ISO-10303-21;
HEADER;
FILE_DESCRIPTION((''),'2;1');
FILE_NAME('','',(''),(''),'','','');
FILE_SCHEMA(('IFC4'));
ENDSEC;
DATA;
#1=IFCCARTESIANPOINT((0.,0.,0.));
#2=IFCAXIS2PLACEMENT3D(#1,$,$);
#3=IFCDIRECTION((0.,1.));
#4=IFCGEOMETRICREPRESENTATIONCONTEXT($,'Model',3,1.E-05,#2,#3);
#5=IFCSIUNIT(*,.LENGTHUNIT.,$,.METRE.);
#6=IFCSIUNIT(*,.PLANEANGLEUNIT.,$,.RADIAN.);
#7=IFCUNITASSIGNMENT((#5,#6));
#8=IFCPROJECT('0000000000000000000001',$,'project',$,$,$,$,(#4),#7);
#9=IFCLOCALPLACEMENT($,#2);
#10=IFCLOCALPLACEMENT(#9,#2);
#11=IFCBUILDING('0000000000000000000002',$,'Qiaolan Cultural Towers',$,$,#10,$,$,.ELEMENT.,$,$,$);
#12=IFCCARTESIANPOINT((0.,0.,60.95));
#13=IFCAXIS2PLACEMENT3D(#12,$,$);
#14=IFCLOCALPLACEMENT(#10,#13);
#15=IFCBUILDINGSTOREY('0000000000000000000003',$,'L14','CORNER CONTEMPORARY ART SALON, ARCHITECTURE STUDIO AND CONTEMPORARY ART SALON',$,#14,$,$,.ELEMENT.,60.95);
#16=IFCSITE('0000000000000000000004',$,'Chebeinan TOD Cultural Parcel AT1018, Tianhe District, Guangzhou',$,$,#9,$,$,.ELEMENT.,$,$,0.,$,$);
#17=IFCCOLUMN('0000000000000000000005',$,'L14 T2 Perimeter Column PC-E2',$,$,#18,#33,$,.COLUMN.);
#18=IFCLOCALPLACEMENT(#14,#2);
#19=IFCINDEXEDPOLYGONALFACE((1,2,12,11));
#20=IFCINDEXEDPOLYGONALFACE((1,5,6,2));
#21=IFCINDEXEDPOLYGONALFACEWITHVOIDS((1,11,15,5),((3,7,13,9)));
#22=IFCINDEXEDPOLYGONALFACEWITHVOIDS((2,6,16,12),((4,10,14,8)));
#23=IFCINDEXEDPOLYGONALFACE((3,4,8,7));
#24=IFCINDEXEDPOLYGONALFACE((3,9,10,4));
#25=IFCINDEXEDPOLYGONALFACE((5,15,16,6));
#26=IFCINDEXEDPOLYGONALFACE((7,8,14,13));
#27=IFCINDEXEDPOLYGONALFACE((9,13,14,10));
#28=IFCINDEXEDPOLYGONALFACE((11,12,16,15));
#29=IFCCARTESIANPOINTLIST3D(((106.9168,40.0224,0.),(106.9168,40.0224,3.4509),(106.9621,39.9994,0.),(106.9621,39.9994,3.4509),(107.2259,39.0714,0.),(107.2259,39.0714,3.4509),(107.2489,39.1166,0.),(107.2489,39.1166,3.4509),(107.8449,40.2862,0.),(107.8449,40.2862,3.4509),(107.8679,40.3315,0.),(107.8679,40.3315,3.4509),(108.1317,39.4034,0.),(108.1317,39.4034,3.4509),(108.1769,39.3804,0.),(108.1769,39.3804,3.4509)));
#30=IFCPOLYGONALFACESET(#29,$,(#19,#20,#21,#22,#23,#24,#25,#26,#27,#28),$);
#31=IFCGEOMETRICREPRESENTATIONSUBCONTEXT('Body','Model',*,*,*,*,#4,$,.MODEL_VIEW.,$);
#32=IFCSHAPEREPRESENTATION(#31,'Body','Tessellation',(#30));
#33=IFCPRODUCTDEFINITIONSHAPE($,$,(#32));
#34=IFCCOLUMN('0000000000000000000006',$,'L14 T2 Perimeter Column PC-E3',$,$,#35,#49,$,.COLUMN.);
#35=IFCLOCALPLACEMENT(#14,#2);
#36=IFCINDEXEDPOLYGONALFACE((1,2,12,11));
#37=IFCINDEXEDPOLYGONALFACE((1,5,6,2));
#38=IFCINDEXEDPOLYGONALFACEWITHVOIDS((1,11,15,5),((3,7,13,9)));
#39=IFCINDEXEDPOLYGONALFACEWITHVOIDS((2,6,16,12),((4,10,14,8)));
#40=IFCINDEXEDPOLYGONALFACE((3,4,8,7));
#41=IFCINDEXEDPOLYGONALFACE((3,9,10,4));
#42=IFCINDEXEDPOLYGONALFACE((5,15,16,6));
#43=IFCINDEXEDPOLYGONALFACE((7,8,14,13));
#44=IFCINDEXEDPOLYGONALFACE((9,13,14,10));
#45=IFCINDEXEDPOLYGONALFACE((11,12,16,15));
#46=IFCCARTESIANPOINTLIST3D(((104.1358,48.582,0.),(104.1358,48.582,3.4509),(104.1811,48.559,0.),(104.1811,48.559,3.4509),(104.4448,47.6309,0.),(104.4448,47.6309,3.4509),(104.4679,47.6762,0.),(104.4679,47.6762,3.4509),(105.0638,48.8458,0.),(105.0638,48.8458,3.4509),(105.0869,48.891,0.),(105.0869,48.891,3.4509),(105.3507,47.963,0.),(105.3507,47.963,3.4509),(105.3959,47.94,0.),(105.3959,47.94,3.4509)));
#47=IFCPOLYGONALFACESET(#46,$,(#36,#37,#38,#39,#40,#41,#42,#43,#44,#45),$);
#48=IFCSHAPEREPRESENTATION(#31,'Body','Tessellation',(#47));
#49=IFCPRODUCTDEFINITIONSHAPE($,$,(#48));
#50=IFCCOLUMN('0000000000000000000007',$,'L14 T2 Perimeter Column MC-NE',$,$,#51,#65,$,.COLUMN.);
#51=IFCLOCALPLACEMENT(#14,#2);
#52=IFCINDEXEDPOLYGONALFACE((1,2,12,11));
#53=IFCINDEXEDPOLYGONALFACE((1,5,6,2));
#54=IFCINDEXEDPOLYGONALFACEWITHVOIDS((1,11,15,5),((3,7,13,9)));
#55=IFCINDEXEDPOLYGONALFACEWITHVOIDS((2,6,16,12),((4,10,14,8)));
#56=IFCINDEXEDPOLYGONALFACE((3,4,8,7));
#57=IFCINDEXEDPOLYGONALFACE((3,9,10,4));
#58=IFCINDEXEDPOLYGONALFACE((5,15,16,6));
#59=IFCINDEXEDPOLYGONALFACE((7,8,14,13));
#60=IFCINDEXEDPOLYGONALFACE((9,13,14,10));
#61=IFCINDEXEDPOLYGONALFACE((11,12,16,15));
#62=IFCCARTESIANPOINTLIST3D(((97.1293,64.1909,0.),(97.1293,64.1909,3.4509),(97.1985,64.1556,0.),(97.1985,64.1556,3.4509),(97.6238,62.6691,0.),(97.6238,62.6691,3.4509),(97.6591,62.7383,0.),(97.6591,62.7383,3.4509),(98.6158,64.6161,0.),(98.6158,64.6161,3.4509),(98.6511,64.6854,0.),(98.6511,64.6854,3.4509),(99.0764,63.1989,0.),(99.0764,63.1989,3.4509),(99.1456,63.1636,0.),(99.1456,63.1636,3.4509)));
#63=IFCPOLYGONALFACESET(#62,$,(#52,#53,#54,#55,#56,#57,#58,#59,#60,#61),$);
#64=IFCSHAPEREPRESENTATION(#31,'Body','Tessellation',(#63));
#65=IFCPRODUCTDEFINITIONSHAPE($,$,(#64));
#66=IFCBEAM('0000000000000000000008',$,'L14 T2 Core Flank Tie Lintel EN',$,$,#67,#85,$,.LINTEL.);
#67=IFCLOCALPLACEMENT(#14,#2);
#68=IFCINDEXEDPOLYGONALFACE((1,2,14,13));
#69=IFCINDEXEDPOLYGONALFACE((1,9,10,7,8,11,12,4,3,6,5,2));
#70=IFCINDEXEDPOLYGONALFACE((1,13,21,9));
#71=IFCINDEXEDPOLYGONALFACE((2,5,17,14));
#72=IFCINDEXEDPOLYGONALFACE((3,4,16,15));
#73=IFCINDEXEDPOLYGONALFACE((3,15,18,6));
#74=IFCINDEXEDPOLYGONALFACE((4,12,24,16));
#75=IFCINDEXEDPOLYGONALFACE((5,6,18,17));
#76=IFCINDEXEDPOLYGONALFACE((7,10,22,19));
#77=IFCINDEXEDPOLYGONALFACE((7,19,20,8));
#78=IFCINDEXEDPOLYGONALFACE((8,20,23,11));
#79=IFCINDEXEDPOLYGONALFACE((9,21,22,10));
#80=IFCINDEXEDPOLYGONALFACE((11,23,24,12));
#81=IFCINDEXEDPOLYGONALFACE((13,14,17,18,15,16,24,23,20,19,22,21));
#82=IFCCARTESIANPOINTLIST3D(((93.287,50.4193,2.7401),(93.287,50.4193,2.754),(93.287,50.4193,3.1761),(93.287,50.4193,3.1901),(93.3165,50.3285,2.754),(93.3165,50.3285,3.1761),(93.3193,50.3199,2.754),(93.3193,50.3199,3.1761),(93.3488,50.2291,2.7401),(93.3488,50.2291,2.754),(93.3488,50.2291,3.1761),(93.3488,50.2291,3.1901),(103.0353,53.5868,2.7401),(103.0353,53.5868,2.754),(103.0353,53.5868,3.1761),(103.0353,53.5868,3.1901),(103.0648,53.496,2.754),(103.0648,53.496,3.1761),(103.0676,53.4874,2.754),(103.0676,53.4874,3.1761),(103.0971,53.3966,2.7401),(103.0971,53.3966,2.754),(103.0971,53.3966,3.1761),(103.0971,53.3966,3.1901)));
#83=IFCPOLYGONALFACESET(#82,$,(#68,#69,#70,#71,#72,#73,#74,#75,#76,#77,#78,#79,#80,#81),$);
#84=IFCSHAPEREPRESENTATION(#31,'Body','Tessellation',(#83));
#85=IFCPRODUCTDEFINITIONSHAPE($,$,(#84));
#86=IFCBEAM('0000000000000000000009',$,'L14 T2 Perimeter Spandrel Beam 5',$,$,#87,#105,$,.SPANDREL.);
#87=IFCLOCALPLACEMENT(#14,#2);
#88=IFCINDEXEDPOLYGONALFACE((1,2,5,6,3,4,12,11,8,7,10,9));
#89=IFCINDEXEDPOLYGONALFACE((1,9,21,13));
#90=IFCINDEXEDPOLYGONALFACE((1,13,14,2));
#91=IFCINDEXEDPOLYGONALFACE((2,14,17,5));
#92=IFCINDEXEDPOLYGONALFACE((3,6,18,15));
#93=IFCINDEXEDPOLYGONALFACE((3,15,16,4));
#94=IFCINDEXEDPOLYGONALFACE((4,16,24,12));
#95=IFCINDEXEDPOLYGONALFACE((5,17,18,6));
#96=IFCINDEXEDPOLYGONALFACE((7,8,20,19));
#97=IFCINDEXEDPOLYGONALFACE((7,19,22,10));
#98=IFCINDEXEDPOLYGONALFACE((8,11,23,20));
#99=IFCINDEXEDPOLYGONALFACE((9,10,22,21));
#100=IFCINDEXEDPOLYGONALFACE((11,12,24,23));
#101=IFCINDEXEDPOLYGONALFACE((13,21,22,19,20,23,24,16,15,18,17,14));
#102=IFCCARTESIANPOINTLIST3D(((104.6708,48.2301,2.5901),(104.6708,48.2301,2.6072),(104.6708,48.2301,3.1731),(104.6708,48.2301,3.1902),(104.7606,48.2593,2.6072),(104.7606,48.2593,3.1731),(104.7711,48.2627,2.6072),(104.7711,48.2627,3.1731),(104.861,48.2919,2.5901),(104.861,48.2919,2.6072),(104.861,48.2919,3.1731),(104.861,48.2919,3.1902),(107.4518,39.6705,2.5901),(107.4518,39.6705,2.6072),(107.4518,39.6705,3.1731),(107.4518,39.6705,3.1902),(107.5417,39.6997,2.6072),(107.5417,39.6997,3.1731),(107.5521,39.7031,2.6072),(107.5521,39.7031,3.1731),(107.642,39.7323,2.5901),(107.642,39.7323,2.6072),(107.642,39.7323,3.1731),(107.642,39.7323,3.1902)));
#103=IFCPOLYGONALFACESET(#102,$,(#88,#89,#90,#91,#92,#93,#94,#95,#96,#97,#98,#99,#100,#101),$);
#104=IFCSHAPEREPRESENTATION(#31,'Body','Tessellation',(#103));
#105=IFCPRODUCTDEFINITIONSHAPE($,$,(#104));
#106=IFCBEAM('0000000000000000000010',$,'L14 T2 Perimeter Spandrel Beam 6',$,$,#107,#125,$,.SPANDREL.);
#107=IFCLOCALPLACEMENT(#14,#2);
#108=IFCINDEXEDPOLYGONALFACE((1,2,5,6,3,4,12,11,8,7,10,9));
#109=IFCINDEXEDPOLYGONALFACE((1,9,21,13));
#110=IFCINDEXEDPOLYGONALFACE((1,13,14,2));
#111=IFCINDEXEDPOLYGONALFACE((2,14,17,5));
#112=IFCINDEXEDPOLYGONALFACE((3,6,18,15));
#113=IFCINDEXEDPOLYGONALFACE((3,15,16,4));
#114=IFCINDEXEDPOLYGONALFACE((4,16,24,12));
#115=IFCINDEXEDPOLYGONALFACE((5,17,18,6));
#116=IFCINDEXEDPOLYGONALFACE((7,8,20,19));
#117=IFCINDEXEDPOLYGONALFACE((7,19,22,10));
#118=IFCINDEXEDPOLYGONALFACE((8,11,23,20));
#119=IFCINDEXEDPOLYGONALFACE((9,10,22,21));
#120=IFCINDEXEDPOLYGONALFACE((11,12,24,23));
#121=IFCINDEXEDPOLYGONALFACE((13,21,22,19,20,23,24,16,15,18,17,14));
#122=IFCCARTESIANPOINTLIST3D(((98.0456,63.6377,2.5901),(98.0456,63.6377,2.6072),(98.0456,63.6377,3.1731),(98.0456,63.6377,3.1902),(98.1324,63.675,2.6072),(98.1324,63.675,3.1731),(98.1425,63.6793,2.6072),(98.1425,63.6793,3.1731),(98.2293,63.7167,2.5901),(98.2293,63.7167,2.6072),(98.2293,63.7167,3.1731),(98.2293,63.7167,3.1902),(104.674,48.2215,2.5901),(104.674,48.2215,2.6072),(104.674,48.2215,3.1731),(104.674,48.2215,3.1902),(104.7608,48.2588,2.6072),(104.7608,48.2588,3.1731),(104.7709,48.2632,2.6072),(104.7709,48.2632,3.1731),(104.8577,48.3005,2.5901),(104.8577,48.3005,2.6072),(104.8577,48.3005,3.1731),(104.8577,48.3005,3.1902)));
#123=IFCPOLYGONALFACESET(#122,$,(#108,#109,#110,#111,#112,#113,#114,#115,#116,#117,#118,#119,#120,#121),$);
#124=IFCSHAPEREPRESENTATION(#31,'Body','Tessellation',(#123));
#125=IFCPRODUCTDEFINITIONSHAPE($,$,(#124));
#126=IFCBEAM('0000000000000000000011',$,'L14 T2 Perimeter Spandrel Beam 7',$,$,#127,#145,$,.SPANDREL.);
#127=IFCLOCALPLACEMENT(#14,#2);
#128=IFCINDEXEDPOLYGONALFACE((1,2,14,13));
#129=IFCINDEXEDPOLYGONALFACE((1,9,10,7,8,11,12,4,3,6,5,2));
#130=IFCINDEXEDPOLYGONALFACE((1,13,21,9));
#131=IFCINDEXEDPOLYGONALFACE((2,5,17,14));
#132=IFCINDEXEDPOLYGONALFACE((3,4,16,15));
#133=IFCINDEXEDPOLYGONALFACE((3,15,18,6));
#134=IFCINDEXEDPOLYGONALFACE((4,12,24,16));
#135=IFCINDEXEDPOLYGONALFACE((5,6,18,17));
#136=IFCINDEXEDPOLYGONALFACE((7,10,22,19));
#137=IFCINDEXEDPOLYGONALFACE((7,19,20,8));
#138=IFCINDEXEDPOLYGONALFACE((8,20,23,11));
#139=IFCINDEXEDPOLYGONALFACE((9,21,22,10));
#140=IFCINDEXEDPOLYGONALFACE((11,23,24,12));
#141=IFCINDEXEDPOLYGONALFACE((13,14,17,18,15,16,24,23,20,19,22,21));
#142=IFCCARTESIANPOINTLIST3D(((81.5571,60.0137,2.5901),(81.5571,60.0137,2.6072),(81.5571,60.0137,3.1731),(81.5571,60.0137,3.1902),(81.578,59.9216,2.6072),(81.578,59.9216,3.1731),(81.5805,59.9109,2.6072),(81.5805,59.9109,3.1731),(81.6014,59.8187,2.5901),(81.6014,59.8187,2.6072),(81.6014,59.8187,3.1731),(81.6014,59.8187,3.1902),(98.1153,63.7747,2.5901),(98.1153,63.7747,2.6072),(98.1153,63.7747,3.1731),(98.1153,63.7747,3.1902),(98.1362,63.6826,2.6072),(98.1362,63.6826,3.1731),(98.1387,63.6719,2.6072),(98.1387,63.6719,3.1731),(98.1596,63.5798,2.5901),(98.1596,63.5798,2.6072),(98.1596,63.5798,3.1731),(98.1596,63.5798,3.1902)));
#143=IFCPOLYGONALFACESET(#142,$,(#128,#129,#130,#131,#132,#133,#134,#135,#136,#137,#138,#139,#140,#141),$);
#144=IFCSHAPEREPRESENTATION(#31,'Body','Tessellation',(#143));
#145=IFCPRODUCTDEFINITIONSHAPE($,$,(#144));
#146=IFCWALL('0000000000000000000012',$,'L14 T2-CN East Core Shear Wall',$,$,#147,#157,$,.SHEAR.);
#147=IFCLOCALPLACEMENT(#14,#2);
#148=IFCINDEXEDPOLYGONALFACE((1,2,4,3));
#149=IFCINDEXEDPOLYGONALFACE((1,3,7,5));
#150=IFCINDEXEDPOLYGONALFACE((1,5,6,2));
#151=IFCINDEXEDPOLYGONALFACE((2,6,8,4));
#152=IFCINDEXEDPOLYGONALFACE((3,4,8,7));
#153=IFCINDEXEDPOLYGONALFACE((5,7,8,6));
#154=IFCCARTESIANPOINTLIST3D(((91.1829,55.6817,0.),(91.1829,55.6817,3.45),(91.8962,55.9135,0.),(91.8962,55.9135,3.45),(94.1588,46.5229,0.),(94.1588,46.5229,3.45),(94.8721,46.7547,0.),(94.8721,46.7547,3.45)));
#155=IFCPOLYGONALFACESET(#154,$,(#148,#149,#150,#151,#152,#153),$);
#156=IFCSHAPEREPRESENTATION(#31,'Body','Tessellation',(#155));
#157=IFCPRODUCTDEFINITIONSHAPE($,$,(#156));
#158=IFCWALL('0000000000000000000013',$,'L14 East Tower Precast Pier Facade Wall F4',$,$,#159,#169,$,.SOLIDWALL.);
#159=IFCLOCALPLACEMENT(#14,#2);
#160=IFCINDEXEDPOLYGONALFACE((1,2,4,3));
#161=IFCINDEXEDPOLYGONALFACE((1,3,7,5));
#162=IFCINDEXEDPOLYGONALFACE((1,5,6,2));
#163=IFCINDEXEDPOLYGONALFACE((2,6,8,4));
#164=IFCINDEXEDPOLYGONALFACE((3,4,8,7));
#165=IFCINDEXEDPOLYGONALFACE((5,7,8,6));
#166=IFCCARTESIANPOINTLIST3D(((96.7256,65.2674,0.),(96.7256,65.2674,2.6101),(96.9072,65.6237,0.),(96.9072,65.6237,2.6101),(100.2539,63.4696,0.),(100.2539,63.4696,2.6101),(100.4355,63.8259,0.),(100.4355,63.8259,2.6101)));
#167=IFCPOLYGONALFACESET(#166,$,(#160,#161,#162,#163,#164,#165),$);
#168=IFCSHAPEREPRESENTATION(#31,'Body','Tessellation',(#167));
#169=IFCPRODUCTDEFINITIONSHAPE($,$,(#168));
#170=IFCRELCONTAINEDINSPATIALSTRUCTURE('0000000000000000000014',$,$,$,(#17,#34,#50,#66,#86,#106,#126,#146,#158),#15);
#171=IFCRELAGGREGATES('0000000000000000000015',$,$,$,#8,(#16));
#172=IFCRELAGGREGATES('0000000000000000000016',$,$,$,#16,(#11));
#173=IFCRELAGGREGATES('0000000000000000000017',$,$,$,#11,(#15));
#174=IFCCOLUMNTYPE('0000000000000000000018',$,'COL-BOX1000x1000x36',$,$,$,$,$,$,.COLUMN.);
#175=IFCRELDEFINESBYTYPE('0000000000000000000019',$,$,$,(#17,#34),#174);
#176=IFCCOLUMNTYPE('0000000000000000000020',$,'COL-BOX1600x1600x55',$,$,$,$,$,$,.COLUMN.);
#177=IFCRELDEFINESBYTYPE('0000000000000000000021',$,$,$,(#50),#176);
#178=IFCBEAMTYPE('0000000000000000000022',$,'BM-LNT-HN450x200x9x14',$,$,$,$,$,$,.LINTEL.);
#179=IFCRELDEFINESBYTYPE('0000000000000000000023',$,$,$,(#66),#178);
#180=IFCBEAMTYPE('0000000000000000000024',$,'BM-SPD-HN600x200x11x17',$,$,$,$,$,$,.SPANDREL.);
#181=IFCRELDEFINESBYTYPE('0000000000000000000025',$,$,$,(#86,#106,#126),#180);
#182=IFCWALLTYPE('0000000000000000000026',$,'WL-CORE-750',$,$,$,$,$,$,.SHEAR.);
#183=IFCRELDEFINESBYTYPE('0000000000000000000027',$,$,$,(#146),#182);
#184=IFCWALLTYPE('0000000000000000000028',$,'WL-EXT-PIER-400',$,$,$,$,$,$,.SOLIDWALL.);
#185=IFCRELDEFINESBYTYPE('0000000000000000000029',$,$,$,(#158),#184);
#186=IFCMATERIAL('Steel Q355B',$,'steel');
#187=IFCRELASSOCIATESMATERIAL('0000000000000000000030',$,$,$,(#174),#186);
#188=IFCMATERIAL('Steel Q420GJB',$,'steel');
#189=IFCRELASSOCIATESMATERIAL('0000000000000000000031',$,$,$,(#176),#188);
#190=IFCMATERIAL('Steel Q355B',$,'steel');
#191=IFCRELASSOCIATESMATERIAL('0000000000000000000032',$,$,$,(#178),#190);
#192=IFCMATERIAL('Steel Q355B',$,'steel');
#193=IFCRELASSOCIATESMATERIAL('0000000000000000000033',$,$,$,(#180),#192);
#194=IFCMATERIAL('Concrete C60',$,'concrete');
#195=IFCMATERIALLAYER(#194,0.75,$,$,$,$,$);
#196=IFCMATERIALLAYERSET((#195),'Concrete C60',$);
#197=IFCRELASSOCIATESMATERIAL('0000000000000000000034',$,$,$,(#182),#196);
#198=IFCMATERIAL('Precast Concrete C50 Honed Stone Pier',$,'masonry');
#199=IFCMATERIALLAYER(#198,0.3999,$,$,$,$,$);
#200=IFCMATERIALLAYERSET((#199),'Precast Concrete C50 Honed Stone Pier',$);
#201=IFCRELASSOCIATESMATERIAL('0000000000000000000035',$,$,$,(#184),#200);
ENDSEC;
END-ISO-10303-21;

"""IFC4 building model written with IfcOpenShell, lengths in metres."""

from ifc_helpers import new_model, si_unit, direction, frame, frame_2d, origin, origin_2d, place, context, subcontext, project, spatial, rectangle, hollow_rectangle, i_section, extrude, material, layer, layer_set, material_profile, profile_set, type_object, element, save


model = new_model("IFC4")

# Units and contexts
model_context = context("Model", 3, precision=1e-05, world=origin(), true_north=direction((0.0, 1.0)))
body_context = subcontext(model_context, "Body", "Model", "MODEL_VIEW")
ifc_project = project(units=[si_unit("LENGTHUNIT", "METRE"), si_unit("PLANEANGLEUNIT", "RADIAN")], contexts=[model_context])

# Site, building, storey
site_placement = place(None, origin())
site = spatial("IfcSite", under=ifc_project, at=site_placement, Name="Chebeinan TOD Cultural Parcel AT1018, Tianhe District, Guangzhou", CompositionType="ELEMENT", RefElevation=0.0)
building_placement = place(site_placement, origin())
building = spatial("IfcBuilding", under=site, at=building_placement, Name="Qiaolan Cultural Towers", CompositionType="ELEMENT")
storey_placement = place(building_placement, frame((0.0, 0.0, 60.95)))
storey = spatial("IfcBuildingStorey", under=building, at=storey_placement, Name="L14", Description="CORNER CONTEMPORARY ART SALON, ARCHITECTURE STUDIO AND CONTEMPORARY ART SALON", CompositionType="ELEMENT", Elevation=60.95)

# Columns
ifc_material_1 = material(Name="Steel Q355B", Category="steel")
ifc_material_profile_1 = material_profile(ifc_material_1, hollow_rectangle(XDim=1.0, YDim=1.0, WallThickness=0.0359, at=origin_2d()), Name="BOX1000x1000x36")
ifc_profile_set_1 = profile_set([ifc_material_profile_1], Name="Steel Q355B")
column_type_1 = type_object("IfcColumnType", Name="COL-BOX1000x1000x36", PredefinedType="COLUMN", material=ifc_profile_set_1)
for number, where, z_axis, x_axis, name in (
    (1, (107.5469, 39.7014, 0.0), (0.0, 0.0, 1.0), (0.951057, 0.309017, 0.0), "L14 T2 Perimeter Column PC-E2"),
    (2, (104.7659, 48.261, 0.0), (0.0, 0.0, 1.0), (0.951057, 0.309017, 0.0), "L14 T2 Perimeter Column PC-E3"),
):
    element("IfcColumn", number, at=place(storey_placement, frame(where, z_axis=z_axis, x_axis=x_axis)), inside=storey, type_object=column_type_1, Name=name, PredefinedType="COLUMN", context=body_context, shape_type="SweptSolid", body=[
        extrude(hollow_rectangle(XDim=1.0, YDim=1.0, WallThickness=0.0359, at=origin_2d()), origin(), (0.0, 0.0, 1.0), 3.4509),
    ])
ifc_material_2 = material(Name="Steel Q420GJB", Category="steel")
ifc_material_profile_2 = material_profile(ifc_material_2, hollow_rectangle(XDim=1.6001, YDim=1.6001, WallThickness=0.0549, at=origin_2d()), Name="BOX1600x1600x55")
ifc_profile_set_2 = profile_set([ifc_material_profile_2], Name="Steel Q420GJB")
column_type_2 = type_object("IfcColumnType", Name="COL-BOX1600x1600x55", PredefinedType="COLUMN", material=ifc_profile_set_2)
column_placement = place(storey_placement, frame((98.1375, 63.6772, 0.0), z_axis=(0.0, 0.0, 1.0), x_axis=(0.951057, 0.309017, 0.0)))
element("IfcColumn", 3, at=column_placement, inside=storey, type_object=column_type_2, Name="L14 T2 Perimeter Column MC-NE", PredefinedType="COLUMN", context=body_context, shape_type="SweptSolid", body=[
    extrude(hollow_rectangle(XDim=1.6001, YDim=1.6001, WallThickness=0.0549, at=origin_2d()), origin(), (0.0, 0.0, 1.0), 3.4509),
])

# Beams
ifc_material_3 = material(Name="Steel Q355B", Category="steel")
ifc_material_profile_3 = material_profile(ifc_material_3, i_section(OverallWidth=0.2, OverallDepth=0.45, WebThickness=0.009, FlangeThickness=0.0139, at=origin_2d()), Name="HN450x200x9x14")
ifc_profile_set_3 = profile_set([ifc_material_profile_3], Name="Steel Q355B")
beam_type_1 = type_object("IfcBeamType", Name="BM-LNT-HN450x200x9x14", PredefinedType="LINTEL", material=ifc_profile_set_3)
beam_1_placement = place(storey_placement, frame((93.3179, 50.3242, 2.9651), z_axis=(0.951055, 0.309023, 0.0), x_axis=(-0.309023, 0.951055, 0.0)))
element("IfcBeam", 4, at=beam_1_placement, inside=storey, type_object=beam_type_1, Name="L14 T2 Core Flank Tie Lintel EN", PredefinedType="LINTEL", context=body_context, shape_type="SweptSolid", body=[
    extrude(i_section(OverallWidth=0.2, OverallDepth=0.45, WebThickness=0.009, FlangeThickness=0.0139, at=origin_2d()), origin(), (0.0, 0.0, 1.0), 10.25),
])
ifc_material_4 = material(Name="Steel Q355B", Category="steel")
ifc_material_profile_4 = material_profile(ifc_material_4, i_section(OverallWidth=0.2, OverallDepth=0.6001, WebThickness=0.011, FlangeThickness=0.0171, at=origin_2d()), Name="HN600x200x11x17")
ifc_profile_set_4 = profile_set([ifc_material_profile_4], Name="Steel Q355B")
beam_type_2 = type_object("IfcBeamType", Name="BM-SPD-HN600x200x11x17", PredefinedType="SPANDREL", material=ifc_profile_set_4)
beam_2_placement = place(storey_placement, frame((107.5469, 39.7014, 2.8901), z_axis=(-0.309, 0.951062, 0.0), x_axis=(-0.951062, -0.309, 0.0)))
element("IfcBeam", 5, at=beam_2_placement, inside=storey, type_object=beam_type_2, Name="L14 T2 Perimeter Spandrel Beam 5", PredefinedType="SPANDREL", context=body_context, shape_type="SweptSolid", body=[
    extrude(i_section(OverallWidth=0.2, OverallDepth=0.6001, WebThickness=0.011, FlangeThickness=0.0171, at=origin_2d()), origin(), (0.0, 0.0, 1.0), 9.0),
])
beam_3_placement = place(storey_placement, frame((104.7659, 48.261, 2.8901), z_axis=(-0.394999, 0.918682, 0.0), x_axis=(-0.918682, -0.394999, 0.0)))
element("IfcBeam", 6, at=beam_3_placement, inside=storey, type_object=beam_type_2, Name="L14 T2 Perimeter Spandrel Beam 6", PredefinedType="SPANDREL", context=body_context, shape_type="SweptSolid", body=[
    extrude(i_section(OverallWidth=0.2, OverallDepth=0.6001, WebThickness=0.011, FlangeThickness=0.0171, at=origin_2d()), origin(), (0.0, 0.0, 1.0), 16.7808),
])
beam_4_placement = place(storey_placement, frame((98.1375, 63.6772, 2.8901), z_axis=(-0.975161, -0.221497, 0.0), x_axis=(0.221497, -0.975161, 0.0)))
element("IfcBeam", 7, at=beam_4_placement, inside=storey, type_object=beam_type_2, Name="L14 T2 Perimeter Spandrel Beam 7", PredefinedType="SPANDREL", context=body_context, shape_type="SweptSolid", body=[
    extrude(i_section(OverallWidth=0.2, OverallDepth=0.6001, WebThickness=0.011, FlangeThickness=0.0171, at=origin_2d()), origin(), (0.0, 0.0, 1.0), 16.98),
])

# Walls
ifc_material_5 = material(Name="Concrete C60", Category="concrete")
ifc_layer_1 = layer(ifc_material_5, 0.75)
ifc_layer_set_1 = layer_set([ifc_layer_1], Name="Concrete C60")
wall_type_1 = type_object("IfcWallType", Name="WL-CORE-750", PredefinedType="SHEAR", material=ifc_layer_set_1)
wall_1_placement = place(storey_placement, frame((94.5154, 46.6389, 0.0), z_axis=(0.0, 0.0, 1.0), x_axis=(-0.309016, 0.951057, 0.0)))
element("IfcWall", 8, at=wall_1_placement, inside=storey, type_object=wall_type_1, Name="L14 T2-CN East Core Shear Wall", PredefinedType="SHEAR", context=body_context, shape_type="SweptSolid", body=[
    extrude(rectangle(XDim=9.6301, YDim=0.75, at=frame_2d((4.8149, 0.0))), origin(), (0.0, 0.0, 1.0), 3.45),
])
ifc_material_6 = material(Name="Precast Concrete C50 Honed Stone Pier", Category="masonry")
ifc_layer_2 = layer(ifc_material_6, 0.3999)
ifc_layer_set_2 = layer_set([ifc_layer_2], Name="Precast Concrete C50 Honed Stone Pier")
wall_type_2 = type_object("IfcWallType", Name="WL-EXT-PIER-400", PredefinedType="SOLIDWALL", material=ifc_layer_set_2)
wall_2_placement = place(storey_placement, frame((96.8164, 65.4456, 0.0), z_axis=(0.0, 0.0, 1.0), x_axis=(0.890998, -0.454007, 0.0)))
element("IfcWall", 9, at=wall_2_placement, inside=storey, type_object=wall_type_2, Name="L14 East Tower Precast Pier Facade Wall F4", PredefinedType="SOLIDWALL", context=body_context, shape_type="SweptSolid", body=[
    extrude(rectangle(XDim=3.96, YDim=0.3999, at=frame_2d((1.98, 0.0))), origin(), (0.0, 0.0, 1.0), 2.6101),
])

save(model, "model.ifc")
